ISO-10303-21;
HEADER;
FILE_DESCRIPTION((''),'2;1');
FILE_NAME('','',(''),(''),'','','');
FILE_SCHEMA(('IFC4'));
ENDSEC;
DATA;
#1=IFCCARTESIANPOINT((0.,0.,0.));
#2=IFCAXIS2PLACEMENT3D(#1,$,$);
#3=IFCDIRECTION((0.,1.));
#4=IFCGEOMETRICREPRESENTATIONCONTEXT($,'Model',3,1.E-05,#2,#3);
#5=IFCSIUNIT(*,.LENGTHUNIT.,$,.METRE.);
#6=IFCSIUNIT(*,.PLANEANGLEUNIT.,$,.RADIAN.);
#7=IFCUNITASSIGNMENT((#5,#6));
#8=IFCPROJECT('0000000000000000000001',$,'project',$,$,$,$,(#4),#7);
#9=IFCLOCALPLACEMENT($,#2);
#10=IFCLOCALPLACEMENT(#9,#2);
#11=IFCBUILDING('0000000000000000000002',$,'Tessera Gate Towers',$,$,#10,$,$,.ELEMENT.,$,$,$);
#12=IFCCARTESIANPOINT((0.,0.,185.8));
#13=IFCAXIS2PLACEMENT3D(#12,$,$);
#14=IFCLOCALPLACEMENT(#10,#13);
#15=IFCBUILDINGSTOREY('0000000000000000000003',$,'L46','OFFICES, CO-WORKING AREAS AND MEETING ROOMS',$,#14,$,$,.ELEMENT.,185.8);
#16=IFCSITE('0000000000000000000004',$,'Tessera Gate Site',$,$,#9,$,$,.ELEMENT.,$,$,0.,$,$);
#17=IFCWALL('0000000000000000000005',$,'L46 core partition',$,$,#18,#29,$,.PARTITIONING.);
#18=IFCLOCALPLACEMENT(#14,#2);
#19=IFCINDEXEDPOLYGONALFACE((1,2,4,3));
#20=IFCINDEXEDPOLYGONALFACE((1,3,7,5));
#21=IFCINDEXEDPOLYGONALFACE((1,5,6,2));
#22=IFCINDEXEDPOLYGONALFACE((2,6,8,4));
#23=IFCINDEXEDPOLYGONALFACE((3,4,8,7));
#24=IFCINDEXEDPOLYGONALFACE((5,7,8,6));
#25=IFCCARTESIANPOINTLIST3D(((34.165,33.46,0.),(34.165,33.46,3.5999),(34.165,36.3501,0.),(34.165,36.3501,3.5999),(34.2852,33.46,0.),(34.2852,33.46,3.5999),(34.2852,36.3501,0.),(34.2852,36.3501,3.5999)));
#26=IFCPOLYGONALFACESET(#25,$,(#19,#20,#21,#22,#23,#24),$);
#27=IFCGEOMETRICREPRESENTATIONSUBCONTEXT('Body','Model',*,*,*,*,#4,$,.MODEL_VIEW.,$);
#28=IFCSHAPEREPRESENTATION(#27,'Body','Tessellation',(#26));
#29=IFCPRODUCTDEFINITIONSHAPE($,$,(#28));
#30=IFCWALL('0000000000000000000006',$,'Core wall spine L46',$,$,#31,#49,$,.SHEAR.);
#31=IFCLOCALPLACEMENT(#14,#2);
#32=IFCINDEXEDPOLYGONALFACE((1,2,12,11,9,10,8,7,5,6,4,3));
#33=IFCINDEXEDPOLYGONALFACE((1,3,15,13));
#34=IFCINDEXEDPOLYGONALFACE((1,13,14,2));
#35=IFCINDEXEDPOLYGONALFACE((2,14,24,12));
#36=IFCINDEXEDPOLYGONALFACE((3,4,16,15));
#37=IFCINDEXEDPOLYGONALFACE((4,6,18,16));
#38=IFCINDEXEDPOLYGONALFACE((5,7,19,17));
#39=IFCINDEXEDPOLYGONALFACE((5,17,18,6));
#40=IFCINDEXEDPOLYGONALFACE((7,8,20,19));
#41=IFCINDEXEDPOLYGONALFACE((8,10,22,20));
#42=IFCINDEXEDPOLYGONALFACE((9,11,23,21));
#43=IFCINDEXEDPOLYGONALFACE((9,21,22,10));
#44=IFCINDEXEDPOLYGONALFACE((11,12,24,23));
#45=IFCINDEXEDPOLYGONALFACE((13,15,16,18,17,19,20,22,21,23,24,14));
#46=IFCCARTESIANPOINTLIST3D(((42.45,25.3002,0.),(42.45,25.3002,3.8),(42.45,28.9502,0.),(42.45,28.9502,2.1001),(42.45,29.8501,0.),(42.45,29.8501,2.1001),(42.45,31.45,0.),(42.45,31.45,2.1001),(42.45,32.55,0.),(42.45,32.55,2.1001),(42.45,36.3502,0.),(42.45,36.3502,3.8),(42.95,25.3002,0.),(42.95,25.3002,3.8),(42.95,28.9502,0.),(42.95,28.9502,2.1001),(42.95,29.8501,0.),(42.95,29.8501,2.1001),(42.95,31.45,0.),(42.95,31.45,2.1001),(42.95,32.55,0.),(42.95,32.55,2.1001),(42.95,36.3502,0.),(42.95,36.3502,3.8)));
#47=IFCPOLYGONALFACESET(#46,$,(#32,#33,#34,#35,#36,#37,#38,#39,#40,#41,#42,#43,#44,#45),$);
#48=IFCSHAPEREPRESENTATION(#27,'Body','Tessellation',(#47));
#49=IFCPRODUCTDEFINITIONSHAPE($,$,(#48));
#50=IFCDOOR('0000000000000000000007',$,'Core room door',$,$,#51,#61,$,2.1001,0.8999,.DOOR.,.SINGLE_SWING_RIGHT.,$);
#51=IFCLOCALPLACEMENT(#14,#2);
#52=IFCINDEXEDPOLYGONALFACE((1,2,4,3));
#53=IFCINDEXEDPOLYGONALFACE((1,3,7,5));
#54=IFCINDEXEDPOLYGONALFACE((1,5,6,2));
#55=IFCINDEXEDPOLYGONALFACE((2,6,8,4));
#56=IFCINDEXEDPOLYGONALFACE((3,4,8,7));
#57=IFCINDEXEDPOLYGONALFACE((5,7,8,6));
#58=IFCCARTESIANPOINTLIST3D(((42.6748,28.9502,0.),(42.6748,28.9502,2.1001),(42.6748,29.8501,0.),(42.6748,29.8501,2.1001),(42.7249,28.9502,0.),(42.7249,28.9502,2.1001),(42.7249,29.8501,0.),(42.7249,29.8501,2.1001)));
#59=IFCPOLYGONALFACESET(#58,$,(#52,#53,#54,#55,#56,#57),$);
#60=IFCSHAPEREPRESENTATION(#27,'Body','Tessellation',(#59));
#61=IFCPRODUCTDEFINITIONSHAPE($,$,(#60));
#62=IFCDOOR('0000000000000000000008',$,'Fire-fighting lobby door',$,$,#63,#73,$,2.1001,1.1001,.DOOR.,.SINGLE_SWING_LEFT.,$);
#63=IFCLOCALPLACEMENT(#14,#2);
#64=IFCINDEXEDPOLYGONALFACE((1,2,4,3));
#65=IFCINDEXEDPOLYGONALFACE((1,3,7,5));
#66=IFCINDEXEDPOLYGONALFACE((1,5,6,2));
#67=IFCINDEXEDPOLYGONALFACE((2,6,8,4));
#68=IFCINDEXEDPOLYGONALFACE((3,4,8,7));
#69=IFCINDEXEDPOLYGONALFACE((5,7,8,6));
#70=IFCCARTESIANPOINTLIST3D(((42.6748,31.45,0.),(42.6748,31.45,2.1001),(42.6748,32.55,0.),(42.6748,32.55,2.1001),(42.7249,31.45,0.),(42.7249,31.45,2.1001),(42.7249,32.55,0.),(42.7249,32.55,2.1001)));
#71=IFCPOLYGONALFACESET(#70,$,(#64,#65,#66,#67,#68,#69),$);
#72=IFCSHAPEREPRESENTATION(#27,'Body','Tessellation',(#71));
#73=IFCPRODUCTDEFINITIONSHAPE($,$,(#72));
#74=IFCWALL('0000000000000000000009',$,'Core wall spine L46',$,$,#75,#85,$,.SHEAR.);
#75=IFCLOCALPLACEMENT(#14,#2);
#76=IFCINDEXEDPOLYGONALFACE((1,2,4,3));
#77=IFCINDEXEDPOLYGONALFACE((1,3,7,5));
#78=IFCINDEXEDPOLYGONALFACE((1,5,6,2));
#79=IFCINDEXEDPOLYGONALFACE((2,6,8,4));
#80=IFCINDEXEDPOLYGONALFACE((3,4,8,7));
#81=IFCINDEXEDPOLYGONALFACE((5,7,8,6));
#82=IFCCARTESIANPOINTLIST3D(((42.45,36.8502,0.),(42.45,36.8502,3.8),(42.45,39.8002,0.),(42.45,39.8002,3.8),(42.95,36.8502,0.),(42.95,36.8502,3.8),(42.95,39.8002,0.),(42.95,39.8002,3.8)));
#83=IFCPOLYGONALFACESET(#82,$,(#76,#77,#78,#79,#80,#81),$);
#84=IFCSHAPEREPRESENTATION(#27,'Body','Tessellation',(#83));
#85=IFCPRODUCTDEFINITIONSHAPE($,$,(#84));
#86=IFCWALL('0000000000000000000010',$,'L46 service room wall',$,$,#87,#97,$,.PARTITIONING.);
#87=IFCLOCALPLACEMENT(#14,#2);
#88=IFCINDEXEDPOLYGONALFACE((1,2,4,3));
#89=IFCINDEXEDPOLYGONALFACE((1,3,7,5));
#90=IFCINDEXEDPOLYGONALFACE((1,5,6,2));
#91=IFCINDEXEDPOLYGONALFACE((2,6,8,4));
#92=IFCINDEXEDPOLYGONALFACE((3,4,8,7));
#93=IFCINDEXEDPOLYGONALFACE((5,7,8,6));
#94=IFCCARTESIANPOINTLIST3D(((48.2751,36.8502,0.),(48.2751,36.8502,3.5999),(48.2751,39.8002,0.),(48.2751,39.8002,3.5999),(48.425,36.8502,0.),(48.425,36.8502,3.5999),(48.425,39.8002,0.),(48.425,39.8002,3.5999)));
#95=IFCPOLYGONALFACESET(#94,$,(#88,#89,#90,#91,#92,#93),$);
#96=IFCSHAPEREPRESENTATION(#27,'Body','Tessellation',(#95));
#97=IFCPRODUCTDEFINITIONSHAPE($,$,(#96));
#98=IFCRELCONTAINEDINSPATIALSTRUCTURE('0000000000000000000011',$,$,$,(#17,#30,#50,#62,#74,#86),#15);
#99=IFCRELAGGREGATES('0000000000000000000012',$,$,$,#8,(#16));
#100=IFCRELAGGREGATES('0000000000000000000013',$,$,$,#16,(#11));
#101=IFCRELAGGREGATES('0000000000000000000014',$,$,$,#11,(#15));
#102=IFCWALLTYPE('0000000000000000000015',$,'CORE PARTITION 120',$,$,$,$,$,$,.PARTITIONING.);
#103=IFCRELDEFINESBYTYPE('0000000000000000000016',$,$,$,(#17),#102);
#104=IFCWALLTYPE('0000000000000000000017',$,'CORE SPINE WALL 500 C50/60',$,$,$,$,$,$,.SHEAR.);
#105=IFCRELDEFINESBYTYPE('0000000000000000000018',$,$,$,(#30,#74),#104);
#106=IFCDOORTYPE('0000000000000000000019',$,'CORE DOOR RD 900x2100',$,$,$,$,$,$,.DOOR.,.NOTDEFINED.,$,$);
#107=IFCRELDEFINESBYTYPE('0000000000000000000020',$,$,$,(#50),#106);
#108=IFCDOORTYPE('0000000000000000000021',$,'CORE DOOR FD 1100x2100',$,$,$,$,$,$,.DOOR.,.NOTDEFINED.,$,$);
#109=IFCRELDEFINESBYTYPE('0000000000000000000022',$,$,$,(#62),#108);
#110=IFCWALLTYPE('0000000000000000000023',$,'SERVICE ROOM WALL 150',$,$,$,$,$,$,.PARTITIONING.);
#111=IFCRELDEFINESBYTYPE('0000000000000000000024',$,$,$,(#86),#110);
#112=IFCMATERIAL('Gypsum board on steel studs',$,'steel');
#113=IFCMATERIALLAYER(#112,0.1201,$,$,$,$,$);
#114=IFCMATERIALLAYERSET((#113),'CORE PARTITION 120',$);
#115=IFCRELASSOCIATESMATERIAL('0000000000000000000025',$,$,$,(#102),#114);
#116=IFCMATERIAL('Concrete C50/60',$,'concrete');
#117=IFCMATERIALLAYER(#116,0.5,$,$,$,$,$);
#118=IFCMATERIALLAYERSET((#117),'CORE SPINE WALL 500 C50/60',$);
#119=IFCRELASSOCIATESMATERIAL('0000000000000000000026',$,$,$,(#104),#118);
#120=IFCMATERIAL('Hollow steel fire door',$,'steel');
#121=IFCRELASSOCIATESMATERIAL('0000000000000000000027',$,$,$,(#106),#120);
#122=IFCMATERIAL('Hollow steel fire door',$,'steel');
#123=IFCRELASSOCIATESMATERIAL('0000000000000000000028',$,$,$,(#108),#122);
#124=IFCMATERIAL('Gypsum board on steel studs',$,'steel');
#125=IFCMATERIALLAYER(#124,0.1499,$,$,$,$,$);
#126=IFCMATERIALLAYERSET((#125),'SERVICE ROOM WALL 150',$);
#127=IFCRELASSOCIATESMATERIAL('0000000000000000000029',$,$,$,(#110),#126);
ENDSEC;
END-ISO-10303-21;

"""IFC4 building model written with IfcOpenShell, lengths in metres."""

from ifc_helpers import new_model, si_unit, direction, frame, frame_2d, origin, place, context, subcontext, project, spatial, rectangle, extrude, source, transform, mapped, material, layer, layer_set, type_object, element, fill, save


model = new_model("IFC4")

# Units and contexts
model_context = context("Model", 3, precision=1e-05, world=origin(), true_north=direction((0.0, 1.0)))
body_context = subcontext(model_context, "Body", "Model", "MODEL_VIEW")
ifc_project = project(units=[si_unit("LENGTHUNIT", "METRE"), si_unit("PLANEANGLEUNIT", "RADIAN")], contexts=[model_context])

# Site, building, storey
site_placement = place(None, origin())
site = spatial("IfcSite", under=ifc_project, at=site_placement, Name="Tessera Gate Site", CompositionType="ELEMENT", RefElevation=0.0)
building_placement = place(site_placement, origin())
building = spatial("IfcBuilding", under=site, at=building_placement, Name="Tessera Gate Towers", CompositionType="ELEMENT")
storey_placement = place(building_placement, frame((0.0, 0.0, 185.8)))
storey = spatial("IfcBuildingStorey", under=building, at=storey_placement, Name="L46", Description="OFFICES, CO-WORKING AREAS AND MEETING ROOMS", CompositionType="ELEMENT", Elevation=185.8)

# Wall
ifc_material_1 = material(Name="Gypsum board on steel studs", Category="steel")
ifc_layer_1 = layer(ifc_material_1, 0.1201)
ifc_layer_set_1 = layer_set([ifc_layer_1], Name="CORE PARTITION 120")
wall_type_1 = type_object("IfcWallType", Name="CORE PARTITION 120", PredefinedType="PARTITIONING", material=ifc_layer_set_1)
wall_1_placement = place(storey_placement, frame((34.2251, 33.46, 0.0), z_axis=(0.0, 0.0, 1.0), x_axis=(0.0, 1.0, 0.0)))
element("IfcWall", 1, at=wall_1_placement, inside=storey, type_object=wall_type_1, Name="L46 core partition", PredefinedType="PARTITIONING", context=body_context, shape_type="SweptSolid", body=[
    extrude(rectangle(XDim=2.8901, YDim=0.1201, at=frame_2d((1.4451, 0.0))), origin(), (0.0, 0.0, 1.0), 3.5999),
])

# Wall, openings, doors
ifc_material_2 = material(Name="Concrete C50/60", Category="concrete")
ifc_layer_2 = layer(ifc_material_2, 0.5)
ifc_layer_set_2 = layer_set([ifc_layer_2], Name="CORE SPINE WALL 500 C50/60")
wall_type_2 = type_object("IfcWallType", Name="CORE SPINE WALL 500 C50/60", PredefinedType="SHEAR", material=ifc_layer_set_2)
wall_2_placement = place(storey_placement, frame((42.7, 36.3501, 0.0), z_axis=(0.0, 0.0, 1.0), x_axis=(0.0, -1.0, 0.0)))
wall_2 = element("IfcWall", 2, at=wall_2_placement, inside=storey, type_object=wall_type_2, Name="Core wall spine L46", PredefinedType="SHEAR", context=body_context, shape_type="SweptSolid", body=[
    extrude(rectangle(XDim=11.05, YDim=0.5, at=frame_2d((5.5249, 0.0))), origin(), (0.0, 0.0, 1.0), 3.8),
])
shared_shape_1 = source(origin(), body_context, "Body", "SweptSolid", [
    extrude(rectangle(XDim=0.8999, YDim=2.1001, at=frame_2d((0.45, 1.05))), frame((0.0, 0.26, 0.0), z_axis=(0.0, -1.0, 0.0), x_axis=(1.0, 0.0, 0.0)), (0.0, 0.0, 1.0), 0.52),
])
opening_1_placement = place(wall_2_placement, frame((6.5, 0.0, 0.0)))
opening_1 = element("IfcOpeningElement", 3, at=opening_1_placement, cuts=wall_2, PredefinedType="OPENING", context=body_context, shape_type="MappedRepresentation", body=[
    mapped(shared_shape_1, transform((0.0, 0.0, 0.0), scale=1.0)),
])
shared_shape_2 = source(origin(), body_context, "Body", "SweptSolid", [
    extrude(rectangle(XDim=1.1001, YDim=2.1001, at=frame_2d((0.55, 1.05))), frame((0.0, 0.26, 0.0), z_axis=(0.0, -1.0, 0.0), x_axis=(1.0, 0.0, 0.0)), (0.0, 0.0, 1.0), 0.52),
])
opening_2_placement = place(wall_2_placement, frame((3.8, 0.0, 0.0)))
opening_2 = element("IfcOpeningElement", 4, at=opening_2_placement, cuts=wall_2, PredefinedType="OPENING", context=body_context, shape_type="MappedRepresentation", body=[
    mapped(shared_shape_2, transform((0.0, 0.0, 0.0), scale=1.0)),
])
ifc_material_3 = material(Name="Hollow steel fire door", Category="steel")
door_type_1 = type_object("IfcDoorType", Name="CORE DOOR RD 900x2100", OperationType="NOTDEFINED", PredefinedType="DOOR", material=ifc_material_3)
shared_shape_3 = source(origin(), body_context, "Body", "SweptSolid", [
    extrude(rectangle(XDim=0.8999, YDim=2.1001, at=frame_2d((0.45, 1.05))), frame((0.0, 0.0249, 0.0), z_axis=(0.0, -1.0, 0.0), x_axis=(1.0, 0.0, 0.0)), (0.0, 0.0, 1.0), 0.05),
])
door_1_placement = place(opening_1_placement, origin())
door_1 = element("IfcDoor", 5, at=door_1_placement, inside=storey, type_object=door_type_1, Name="Core room door", OperationType="SINGLE_SWING_RIGHT", OverallHeight=2.1001, OverallWidth=0.8999, PredefinedType="DOOR", context=body_context, shape_type="MappedRepresentation", body=[
    mapped(shared_shape_3, transform((0.0, 0.0, 0.0), scale=1.0)),
])
fill(opening_1, door_1)
ifc_material_4 = material(Name="Hollow steel fire door", Category="steel")
door_type_2 = type_object("IfcDoorType", Name="CORE DOOR FD 1100x2100", OperationType="NOTDEFINED", PredefinedType="DOOR", material=ifc_material_4)
shared_shape_4 = source(origin(), body_context, "Body", "SweptSolid", [
    extrude(rectangle(XDim=1.1001, YDim=2.1001, at=frame_2d((0.55, 1.05))), frame((0.0, 0.0249, 0.0), z_axis=(0.0, -1.0, 0.0), x_axis=(1.0, 0.0, 0.0)), (0.0, 0.0, 1.0), 0.05),
])
door_2_placement = place(opening_2_placement, origin())
door_2 = element("IfcDoor", 6, at=door_2_placement, inside=storey, type_object=door_type_2, Name="Fire-fighting lobby door", OperationType="SINGLE_SWING_LEFT", OverallHeight=2.1001, OverallWidth=1.1001, PredefinedType="DOOR", context=body_context, shape_type="MappedRepresentation", body=[
    mapped(shared_shape_4, transform((0.0, 0.0, 0.0), scale=1.0)),
])
fill(opening_2, door_2)

# Walls
wall_3_placement = place(storey_placement, frame((42.7, 36.8501, 0.0), z_axis=(0.0, 0.0, 1.0), x_axis=(0.0, 1.0, 0.0)))
element("IfcWall", 7, at=wall_3_placement, inside=storey, type_object=wall_type_2, Name="Core wall spine L46", PredefinedType="SHEAR", context=body_context, shape_type="SweptSolid", body=[
    extrude(rectangle(XDim=2.95, YDim=0.5, at=frame_2d((1.4751, 0.0))), origin(), (0.0, 0.0, 1.0), 3.8),
])
ifc_material_5 = material(Name="Gypsum board on steel studs", Category="steel")
ifc_layer_3 = layer(ifc_material_5, 0.1499)
ifc_layer_set_3 = layer_set([ifc_layer_3], Name="SERVICE ROOM WALL 150")
wall_type_3 = type_object("IfcWallType", Name="SERVICE ROOM WALL 150", PredefinedType="PARTITIONING", material=ifc_layer_set_3)
wall_4_placement = place(storey_placement, frame((48.3501, 36.8501, 0.0), z_axis=(0.0, 0.0, 1.0), x_axis=(0.0, 1.0, 0.0)))
element("IfcWall", 8, at=wall_4_placement, inside=storey, type_object=wall_type_3, Name="L46 service room wall", PredefinedType="PARTITIONING", context=body_context, shape_type="SweptSolid", body=[
    extrude(rectangle(XDim=2.95, YDim=0.1499, at=frame_2d((1.4751, 0.0))), origin(), (0.0, 0.0, 1.0), 3.5999),
])

save(model, "model.ifc")
